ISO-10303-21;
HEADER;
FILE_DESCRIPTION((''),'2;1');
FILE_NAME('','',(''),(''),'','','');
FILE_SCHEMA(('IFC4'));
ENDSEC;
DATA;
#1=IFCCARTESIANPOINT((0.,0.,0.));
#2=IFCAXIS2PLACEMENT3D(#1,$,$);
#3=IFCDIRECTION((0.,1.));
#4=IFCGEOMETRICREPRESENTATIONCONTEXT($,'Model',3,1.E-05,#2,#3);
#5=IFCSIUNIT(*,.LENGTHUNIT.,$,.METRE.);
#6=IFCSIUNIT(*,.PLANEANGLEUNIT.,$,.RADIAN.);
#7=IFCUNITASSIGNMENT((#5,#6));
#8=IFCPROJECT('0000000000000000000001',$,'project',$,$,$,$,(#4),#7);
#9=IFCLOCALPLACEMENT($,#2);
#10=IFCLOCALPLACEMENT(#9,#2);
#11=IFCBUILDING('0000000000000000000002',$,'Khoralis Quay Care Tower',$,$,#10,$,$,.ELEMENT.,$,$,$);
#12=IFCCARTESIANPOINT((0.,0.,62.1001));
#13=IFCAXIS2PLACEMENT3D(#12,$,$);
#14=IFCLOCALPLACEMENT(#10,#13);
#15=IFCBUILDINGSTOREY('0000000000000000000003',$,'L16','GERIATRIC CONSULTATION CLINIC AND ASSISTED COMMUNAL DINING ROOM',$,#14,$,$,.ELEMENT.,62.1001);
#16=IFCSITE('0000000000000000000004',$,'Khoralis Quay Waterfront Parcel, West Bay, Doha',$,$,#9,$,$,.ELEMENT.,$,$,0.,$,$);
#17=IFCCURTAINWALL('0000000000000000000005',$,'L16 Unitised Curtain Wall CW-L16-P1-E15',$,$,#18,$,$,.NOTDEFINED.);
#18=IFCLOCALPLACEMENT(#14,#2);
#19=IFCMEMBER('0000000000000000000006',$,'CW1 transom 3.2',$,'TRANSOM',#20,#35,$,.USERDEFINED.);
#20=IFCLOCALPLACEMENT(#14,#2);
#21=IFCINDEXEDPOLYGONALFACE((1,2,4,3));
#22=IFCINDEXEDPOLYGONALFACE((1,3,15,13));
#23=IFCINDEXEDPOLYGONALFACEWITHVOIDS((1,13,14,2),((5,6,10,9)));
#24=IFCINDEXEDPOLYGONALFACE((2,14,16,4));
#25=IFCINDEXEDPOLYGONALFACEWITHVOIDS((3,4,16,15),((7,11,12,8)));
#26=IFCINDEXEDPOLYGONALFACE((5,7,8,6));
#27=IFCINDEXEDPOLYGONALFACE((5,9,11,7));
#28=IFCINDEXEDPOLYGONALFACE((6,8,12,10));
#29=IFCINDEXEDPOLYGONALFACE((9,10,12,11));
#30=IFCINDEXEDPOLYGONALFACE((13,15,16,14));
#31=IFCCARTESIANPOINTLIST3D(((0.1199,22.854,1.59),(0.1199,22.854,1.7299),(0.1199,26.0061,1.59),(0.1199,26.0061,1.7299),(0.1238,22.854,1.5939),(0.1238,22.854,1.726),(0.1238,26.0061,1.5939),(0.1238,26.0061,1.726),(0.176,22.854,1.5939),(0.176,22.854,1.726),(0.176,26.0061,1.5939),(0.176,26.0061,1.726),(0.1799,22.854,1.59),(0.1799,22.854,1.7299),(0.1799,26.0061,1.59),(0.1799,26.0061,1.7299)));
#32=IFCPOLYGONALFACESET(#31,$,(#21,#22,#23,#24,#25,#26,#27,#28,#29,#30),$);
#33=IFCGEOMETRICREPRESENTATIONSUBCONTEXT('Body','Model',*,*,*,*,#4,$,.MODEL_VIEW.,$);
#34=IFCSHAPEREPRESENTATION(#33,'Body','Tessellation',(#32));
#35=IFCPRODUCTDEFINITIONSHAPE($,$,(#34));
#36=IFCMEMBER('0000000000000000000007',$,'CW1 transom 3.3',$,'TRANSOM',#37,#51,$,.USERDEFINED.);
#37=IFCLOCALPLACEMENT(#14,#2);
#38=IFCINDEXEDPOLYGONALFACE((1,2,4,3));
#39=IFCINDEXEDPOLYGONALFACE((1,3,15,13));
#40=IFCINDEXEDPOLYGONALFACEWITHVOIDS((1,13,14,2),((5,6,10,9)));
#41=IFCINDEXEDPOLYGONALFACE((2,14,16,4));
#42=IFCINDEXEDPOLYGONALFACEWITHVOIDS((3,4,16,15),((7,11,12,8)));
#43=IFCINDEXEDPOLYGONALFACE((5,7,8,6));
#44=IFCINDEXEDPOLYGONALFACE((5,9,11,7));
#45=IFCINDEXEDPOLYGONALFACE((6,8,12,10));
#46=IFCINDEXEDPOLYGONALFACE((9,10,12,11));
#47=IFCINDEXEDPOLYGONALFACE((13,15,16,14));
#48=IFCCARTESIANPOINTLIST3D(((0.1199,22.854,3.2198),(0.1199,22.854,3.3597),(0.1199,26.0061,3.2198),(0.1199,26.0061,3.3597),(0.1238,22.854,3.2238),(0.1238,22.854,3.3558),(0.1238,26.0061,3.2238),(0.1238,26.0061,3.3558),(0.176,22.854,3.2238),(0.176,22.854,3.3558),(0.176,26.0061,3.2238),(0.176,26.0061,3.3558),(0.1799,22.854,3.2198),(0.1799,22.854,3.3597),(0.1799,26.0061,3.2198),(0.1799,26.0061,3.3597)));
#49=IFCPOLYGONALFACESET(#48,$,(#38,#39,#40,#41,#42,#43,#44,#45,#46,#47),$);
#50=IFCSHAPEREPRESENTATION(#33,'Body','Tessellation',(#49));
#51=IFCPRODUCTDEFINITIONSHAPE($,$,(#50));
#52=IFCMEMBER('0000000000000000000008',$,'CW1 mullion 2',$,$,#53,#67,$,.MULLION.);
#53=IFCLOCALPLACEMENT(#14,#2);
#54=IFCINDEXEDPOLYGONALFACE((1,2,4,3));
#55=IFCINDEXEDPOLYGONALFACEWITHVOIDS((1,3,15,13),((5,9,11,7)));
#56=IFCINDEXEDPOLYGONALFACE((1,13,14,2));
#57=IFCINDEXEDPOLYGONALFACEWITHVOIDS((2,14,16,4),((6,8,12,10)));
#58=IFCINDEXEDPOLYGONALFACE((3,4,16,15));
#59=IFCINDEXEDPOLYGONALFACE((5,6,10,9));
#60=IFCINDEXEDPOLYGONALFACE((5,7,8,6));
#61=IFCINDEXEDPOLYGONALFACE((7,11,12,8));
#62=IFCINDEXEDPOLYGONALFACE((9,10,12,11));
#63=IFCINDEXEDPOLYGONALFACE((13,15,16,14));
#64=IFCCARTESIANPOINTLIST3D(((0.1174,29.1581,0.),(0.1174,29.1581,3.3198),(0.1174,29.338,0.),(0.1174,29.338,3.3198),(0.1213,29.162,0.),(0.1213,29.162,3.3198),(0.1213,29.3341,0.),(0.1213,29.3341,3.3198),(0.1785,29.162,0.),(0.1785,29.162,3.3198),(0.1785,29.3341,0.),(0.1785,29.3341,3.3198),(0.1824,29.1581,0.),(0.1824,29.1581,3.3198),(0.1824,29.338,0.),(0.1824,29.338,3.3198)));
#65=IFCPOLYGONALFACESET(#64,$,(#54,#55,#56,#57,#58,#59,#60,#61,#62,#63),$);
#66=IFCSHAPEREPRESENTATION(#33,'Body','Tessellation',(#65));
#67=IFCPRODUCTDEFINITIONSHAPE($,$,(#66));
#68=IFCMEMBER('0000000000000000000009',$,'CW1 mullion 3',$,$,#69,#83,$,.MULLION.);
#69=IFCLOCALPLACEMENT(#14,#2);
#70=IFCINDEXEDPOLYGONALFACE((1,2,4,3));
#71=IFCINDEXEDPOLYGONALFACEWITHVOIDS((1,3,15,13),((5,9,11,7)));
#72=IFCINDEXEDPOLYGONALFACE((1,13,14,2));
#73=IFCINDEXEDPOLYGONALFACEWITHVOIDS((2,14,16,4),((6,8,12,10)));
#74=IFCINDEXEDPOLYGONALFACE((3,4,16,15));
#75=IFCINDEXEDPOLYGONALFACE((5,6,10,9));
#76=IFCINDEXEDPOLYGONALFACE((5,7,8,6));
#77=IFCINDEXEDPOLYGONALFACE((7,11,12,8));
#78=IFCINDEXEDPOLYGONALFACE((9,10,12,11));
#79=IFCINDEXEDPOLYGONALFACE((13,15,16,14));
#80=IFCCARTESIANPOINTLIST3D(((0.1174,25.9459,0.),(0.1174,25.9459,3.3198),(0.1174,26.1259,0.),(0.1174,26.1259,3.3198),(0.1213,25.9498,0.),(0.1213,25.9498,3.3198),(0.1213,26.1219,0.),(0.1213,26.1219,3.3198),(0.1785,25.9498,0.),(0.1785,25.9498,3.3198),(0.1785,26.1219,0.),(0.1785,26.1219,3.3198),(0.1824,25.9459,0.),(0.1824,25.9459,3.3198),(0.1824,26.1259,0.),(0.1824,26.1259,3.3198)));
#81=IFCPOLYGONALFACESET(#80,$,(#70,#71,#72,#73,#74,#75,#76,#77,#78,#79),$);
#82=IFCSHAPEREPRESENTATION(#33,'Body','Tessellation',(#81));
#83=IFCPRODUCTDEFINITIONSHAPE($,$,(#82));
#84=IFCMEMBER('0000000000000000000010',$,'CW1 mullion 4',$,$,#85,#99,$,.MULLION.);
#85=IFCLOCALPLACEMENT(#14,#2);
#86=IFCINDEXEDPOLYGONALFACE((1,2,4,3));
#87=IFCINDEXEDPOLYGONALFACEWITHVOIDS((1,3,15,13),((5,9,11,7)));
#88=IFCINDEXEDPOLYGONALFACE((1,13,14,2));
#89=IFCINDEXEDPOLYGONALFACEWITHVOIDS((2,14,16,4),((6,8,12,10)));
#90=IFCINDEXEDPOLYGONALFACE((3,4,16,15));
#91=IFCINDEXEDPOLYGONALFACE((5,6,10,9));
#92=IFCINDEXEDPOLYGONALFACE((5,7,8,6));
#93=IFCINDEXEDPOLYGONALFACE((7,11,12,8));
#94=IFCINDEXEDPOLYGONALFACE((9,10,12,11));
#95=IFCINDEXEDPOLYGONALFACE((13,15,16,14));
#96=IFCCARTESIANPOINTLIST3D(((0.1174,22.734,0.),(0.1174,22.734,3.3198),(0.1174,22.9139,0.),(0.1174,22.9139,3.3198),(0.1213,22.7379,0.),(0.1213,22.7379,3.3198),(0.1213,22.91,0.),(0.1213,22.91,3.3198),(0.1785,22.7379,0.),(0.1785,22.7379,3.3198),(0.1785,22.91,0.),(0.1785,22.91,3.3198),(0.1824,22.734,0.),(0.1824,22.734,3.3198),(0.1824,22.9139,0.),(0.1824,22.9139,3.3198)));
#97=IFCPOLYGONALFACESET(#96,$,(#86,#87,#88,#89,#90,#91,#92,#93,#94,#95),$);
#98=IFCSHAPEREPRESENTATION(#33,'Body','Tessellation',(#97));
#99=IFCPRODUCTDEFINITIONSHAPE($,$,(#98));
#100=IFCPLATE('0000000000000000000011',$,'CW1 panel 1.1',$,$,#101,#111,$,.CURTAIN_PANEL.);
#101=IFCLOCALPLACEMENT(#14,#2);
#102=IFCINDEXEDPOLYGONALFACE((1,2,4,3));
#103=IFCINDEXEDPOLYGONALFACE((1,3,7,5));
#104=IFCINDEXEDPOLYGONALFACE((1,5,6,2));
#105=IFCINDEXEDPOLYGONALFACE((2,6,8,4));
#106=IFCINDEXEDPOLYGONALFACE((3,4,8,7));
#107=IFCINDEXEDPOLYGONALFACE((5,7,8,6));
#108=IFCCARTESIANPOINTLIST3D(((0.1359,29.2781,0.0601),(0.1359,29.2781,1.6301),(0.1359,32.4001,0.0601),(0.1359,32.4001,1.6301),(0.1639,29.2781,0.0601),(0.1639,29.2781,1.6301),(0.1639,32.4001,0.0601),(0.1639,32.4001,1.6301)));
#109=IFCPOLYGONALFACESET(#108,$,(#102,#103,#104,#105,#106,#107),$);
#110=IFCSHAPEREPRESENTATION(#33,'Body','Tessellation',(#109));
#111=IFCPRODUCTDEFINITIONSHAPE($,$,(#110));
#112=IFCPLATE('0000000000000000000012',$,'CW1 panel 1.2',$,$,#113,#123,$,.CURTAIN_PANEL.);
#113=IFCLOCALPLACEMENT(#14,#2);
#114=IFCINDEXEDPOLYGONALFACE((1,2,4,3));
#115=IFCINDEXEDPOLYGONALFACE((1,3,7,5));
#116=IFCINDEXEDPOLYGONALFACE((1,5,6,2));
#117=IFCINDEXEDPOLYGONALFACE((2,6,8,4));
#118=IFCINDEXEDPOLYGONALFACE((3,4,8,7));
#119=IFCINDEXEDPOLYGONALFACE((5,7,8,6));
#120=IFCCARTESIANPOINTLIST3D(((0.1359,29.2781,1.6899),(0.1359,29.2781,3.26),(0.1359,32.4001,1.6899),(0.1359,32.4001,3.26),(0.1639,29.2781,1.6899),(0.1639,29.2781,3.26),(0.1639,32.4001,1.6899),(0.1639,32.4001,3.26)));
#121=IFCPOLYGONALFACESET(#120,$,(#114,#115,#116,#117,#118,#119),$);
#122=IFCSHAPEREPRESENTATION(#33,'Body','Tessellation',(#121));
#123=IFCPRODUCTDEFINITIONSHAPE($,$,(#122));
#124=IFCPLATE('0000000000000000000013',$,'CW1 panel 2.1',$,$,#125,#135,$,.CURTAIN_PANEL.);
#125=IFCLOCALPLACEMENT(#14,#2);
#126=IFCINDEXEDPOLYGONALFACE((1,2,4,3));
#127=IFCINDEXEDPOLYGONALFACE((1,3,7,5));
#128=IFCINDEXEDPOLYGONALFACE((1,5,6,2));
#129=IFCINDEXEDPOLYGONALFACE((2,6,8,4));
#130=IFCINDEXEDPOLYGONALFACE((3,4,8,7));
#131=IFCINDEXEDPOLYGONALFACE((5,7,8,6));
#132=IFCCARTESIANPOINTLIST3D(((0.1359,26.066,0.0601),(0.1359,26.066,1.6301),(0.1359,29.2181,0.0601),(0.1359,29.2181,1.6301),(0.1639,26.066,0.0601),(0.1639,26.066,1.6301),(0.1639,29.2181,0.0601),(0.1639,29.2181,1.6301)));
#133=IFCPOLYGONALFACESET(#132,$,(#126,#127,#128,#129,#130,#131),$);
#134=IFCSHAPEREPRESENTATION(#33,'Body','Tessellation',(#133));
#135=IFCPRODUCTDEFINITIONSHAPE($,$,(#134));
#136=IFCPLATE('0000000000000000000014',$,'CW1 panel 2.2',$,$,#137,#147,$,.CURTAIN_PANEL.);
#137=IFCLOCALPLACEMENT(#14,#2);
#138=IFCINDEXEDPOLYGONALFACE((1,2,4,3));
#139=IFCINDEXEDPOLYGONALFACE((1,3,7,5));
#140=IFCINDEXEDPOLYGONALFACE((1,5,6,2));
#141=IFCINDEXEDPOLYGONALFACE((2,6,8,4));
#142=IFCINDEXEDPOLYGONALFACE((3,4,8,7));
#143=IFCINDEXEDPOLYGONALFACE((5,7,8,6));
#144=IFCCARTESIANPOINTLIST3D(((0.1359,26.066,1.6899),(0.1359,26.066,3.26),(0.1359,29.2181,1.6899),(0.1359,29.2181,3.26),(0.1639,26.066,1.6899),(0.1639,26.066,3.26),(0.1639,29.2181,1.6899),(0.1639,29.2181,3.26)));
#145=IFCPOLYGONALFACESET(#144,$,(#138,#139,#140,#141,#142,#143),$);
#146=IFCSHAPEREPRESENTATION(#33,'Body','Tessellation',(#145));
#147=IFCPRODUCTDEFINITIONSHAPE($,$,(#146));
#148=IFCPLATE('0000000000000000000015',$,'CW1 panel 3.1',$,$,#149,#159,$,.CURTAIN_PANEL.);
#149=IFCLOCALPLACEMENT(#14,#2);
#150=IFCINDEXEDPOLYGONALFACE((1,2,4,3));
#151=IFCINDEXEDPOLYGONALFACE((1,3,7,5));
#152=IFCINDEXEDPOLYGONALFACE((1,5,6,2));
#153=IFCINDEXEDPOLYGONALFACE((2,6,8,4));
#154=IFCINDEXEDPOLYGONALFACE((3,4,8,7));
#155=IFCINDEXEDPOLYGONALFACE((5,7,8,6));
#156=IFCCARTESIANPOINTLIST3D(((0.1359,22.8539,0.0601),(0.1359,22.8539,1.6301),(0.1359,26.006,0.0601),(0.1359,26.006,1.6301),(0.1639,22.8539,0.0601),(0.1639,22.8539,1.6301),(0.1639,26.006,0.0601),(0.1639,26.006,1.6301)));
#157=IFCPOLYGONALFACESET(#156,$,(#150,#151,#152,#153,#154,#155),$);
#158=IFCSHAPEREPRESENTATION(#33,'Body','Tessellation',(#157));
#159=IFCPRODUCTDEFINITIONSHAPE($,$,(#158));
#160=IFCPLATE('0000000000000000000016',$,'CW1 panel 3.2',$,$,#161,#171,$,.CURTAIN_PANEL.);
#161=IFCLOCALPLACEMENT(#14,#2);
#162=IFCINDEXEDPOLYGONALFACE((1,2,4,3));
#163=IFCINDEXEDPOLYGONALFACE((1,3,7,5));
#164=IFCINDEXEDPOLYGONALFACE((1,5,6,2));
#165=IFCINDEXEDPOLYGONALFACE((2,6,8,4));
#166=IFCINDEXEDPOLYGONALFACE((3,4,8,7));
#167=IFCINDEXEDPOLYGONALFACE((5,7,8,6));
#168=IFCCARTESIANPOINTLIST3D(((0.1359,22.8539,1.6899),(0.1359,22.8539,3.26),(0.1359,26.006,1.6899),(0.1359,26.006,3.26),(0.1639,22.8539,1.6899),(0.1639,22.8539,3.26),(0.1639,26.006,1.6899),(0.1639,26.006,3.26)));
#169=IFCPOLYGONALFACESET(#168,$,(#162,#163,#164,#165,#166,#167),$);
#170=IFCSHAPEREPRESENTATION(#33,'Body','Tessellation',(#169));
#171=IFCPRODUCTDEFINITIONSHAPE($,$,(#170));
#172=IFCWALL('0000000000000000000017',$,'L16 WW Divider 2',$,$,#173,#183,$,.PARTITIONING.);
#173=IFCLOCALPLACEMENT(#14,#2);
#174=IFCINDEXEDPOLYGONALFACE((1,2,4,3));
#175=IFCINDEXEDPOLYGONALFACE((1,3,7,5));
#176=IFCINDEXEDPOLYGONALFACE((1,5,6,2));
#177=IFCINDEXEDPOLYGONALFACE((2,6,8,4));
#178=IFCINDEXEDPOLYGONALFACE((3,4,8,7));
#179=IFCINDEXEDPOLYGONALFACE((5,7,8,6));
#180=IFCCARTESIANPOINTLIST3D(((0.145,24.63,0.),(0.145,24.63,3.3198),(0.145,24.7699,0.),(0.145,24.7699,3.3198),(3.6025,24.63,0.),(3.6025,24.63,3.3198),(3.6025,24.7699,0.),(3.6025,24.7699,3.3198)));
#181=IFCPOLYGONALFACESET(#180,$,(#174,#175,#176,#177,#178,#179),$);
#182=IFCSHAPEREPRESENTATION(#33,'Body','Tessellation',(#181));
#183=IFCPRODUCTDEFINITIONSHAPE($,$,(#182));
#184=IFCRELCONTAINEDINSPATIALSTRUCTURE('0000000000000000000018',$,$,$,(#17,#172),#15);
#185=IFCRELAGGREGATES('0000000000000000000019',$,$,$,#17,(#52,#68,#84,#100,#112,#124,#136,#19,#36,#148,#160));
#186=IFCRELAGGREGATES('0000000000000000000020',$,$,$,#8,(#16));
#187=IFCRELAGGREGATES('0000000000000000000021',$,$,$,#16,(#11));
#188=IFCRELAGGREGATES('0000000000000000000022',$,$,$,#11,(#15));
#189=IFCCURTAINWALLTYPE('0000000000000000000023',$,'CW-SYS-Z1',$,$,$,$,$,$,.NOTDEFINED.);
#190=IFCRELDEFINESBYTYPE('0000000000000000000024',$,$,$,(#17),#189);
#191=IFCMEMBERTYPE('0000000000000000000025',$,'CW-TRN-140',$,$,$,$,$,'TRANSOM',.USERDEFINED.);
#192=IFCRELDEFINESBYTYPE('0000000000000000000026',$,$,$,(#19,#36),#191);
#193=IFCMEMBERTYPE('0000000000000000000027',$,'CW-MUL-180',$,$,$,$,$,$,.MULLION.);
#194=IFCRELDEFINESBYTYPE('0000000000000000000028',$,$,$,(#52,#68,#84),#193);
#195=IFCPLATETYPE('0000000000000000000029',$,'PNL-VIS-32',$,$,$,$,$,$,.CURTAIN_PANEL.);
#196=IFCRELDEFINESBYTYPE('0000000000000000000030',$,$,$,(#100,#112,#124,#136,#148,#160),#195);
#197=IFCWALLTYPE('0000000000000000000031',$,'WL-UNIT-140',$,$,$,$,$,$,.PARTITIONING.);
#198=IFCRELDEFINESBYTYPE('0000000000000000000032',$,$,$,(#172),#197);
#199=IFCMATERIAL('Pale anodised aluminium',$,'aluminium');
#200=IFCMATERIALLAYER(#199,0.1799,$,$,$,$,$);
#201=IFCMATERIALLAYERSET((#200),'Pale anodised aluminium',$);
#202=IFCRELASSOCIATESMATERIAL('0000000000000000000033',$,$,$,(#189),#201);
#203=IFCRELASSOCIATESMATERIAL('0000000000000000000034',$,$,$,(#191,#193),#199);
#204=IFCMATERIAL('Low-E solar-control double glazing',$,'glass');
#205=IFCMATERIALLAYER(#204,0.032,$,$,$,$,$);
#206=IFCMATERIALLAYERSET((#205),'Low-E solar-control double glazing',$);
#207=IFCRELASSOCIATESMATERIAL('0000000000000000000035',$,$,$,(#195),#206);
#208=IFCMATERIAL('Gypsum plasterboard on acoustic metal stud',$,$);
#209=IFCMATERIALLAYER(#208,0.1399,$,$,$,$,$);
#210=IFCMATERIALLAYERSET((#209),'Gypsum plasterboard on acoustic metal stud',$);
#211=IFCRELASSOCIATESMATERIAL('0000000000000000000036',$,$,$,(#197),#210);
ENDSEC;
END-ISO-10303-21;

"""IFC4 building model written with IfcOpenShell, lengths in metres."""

from ifc_helpers import new_model, si_unit, direction, frame, frame_2d, origin, origin_2d, place, context, subcontext, project, spatial, rectangle, hollow_rectangle, extrude, source, transform, mapped, material, layer, layer_set, material_profile, profile_set, type_object, element, aggregate, save


model = new_model("IFC4")

# Units and contexts
model_context = context("Model", 3, precision=1e-05, world=origin(), true_north=direction((0.0, 1.0)))
body_context = subcontext(model_context, "Body", "Model", "MODEL_VIEW")
ifc_project = project(units=[si_unit("LENGTHUNIT", "METRE"), si_unit("PLANEANGLEUNIT", "RADIAN")], contexts=[model_context])

# Site, building, storey
site_placement = place(None, origin())
site = spatial("IfcSite", under=ifc_project, at=site_placement, Name="Khoralis Quay Waterfront Parcel, West Bay, Doha", CompositionType="ELEMENT", RefElevation=0.0)
building_placement = place(site_placement, origin())
building = spatial("IfcBuilding", under=site, at=building_placement, Name="Khoralis Quay Care Tower", CompositionType="ELEMENT")
storey_placement = place(building_placement, frame((0.0, 0.0, 62.1001)))
storey = spatial("IfcBuildingStorey", under=building, at=storey_placement, Name="L16", Description="GERIATRIC CONSULTATION CLINIC AND ASSISTED COMMUNAL DINING ROOM", CompositionType="ELEMENT", Elevation=62.1001)

# Curtain wall, members, plates
ifc_material_1 = material(Name="Pale anodised aluminium", Category="aluminium")
ifc_layer_1 = layer(ifc_material_1, 0.1799)
ifc_layer_set_1 = layer_set([ifc_layer_1], Name="Pale anodised aluminium")
curtain_wall_type = type_object("IfcCurtainWallType", Name="CW-SYS-Z1", PredefinedType="NOTDEFINED", material=ifc_layer_set_1)
curtain_wall_placement = place(storey_placement, origin())
curtain_wall = element("IfcCurtainWall", 1, at=curtain_wall_placement, inside=storey, type_object=curtain_wall_type, Name="L16 Unitised Curtain Wall CW-L16-P1-E15", PredefinedType="NOTDEFINED")
ifc_material_profile_1 = material_profile(ifc_material_1, hollow_rectangle(XDim=0.0601, YDim=0.1399, WallThickness=0.0039, at=origin_2d()), Name="Pale anodised aluminium")
ifc_profile_set_1 = profile_set([ifc_material_profile_1], Name="Pale anodised aluminium")
member_type_1 = type_object("IfcMemberType", Name="CW-TRN-140", ElementType="TRANSOM", PredefinedType="USERDEFINED", material=ifc_profile_set_1)
shared_shape_1 = source(origin(), body_context, "Body", "SweptSolid", [
    extrude(hollow_rectangle(XDim=0.0601, YDim=0.1399, WallThickness=0.0039, at=origin_2d()), origin(), (0.0, 0.0, 1.0), 3.1521),
])
member_1_placement = place(storey_placement, frame((0.1499, 26.0061, 1.6599), z_axis=(0.0, -1.0, 0.0), x_axis=(1.0, 0.0, 0.0)))
member_1 = element("IfcMember", 2, at=member_1_placement, type_object=member_type_1, Name="CW1 transom 3.2", ObjectType="TRANSOM", PredefinedType="USERDEFINED", context=body_context, shape_type="MappedRepresentation", body=[
    mapped(shared_shape_1, transform((0.0, 0.0, 0.0), scale=1.0)),
])
member_2_placement = place(storey_placement, frame((0.1499, 26.0061, 3.2898), z_axis=(0.0, -1.0, 0.0), x_axis=(1.0, 0.0, 0.0)))
member_2 = element("IfcMember", 3, at=member_2_placement, type_object=member_type_1, Name="CW1 transom 3.3", ObjectType="TRANSOM", PredefinedType="USERDEFINED", context=body_context, shape_type="MappedRepresentation", body=[
    mapped(shared_shape_1, transform((0.0, 0.0, 0.0), scale=1.0)),
])
ifc_material_profile_2 = material_profile(ifc_material_1, hollow_rectangle(XDim=0.0649, YDim=0.1799, WallThickness=0.0039, at=origin_2d()), Name="Pale anodised aluminium")
ifc_profile_set_2 = profile_set([ifc_material_profile_2], Name="Pale anodised aluminium")
member_type_2 = type_object("IfcMemberType", Name="CW-MUL-180", PredefinedType="MULLION", material=ifc_profile_set_2)
shared_shape_2 = source(origin(), body_context, "Body", "SweptSolid", [
    extrude(hollow_rectangle(XDim=0.0649, YDim=0.1799, WallThickness=0.0039, at=origin_2d()), origin(), (0.0, 0.0, 1.0), 3.3198),
])
member_3_placement = place(storey_placement, frame((0.1499, 29.248, 0.0), z_axis=(0.0, 0.0, 1.0), x_axis=(1.0, 0.0, 0.0)))
member_3 = element("IfcMember", 4, at=member_3_placement, type_object=member_type_2, Name="CW1 mullion 2", PredefinedType="MULLION", context=body_context, shape_type="MappedRepresentation", body=[
    mapped(shared_shape_2, transform((0.0, 0.0, 0.0), scale=1.0)),
])
member_4_placement = place(storey_placement, frame((0.1499, 26.0359, 0.0), z_axis=(0.0, 0.0, 1.0), x_axis=(1.0, 0.0, 0.0)))
member_4 = element("IfcMember", 5, at=member_4_placement, type_object=member_type_2, Name="CW1 mullion 3", PredefinedType="MULLION", context=body_context, shape_type="MappedRepresentation", body=[
    mapped(shared_shape_2, transform((0.0, 0.0, 0.0), scale=1.0)),
])
member_5_placement = place(storey_placement, frame((0.1499, 22.824, 0.0), z_axis=(0.0, 0.0, 1.0), x_axis=(1.0, 0.0, 0.0)))
member_5 = element("IfcMember", 6, at=member_5_placement, type_object=member_type_2, Name="CW1 mullion 4", PredefinedType="MULLION", context=body_context, shape_type="MappedRepresentation", body=[
    mapped(shared_shape_2, transform((0.0, 0.0, 0.0), scale=1.0)),
])
ifc_material_2 = material(Name="Low-E solar-control double glazing", Category="glass")
ifc_layer_2 = layer(ifc_material_2, 0.032)
ifc_layer_set_2 = layer_set([ifc_layer_2], Name="Low-E solar-control double glazing")
plate_type = type_object("IfcPlateType", Name="PNL-VIS-32", PredefinedType="CURTAIN_PANEL", material=ifc_layer_set_2)
shared_shape_3 = source(origin(), body_context, "Body", "SweptSolid", [
    extrude(rectangle(XDim=3.1221, YDim=0.0281, at=origin_2d()), origin(), (0.0, 0.0, 1.0), 1.5701),
])
plate_1_placement = place(storey_placement, frame((0.1499, 30.8391, 0.0601), z_axis=(0.0, 0.0, 1.0), x_axis=(0.0, -1.0, 0.0)))
plate_1 = element("IfcPlate", 7, at=plate_1_placement, type_object=plate_type, Name="CW1 panel 1.1", PredefinedType="CURTAIN_PANEL", context=body_context, shape_type="MappedRepresentation", body=[
    mapped(shared_shape_3, transform((0.0, 0.0, 0.0), scale=1.0)),
])
plate_2_placement = place(storey_placement, frame((0.1499, 30.8391, 1.6899), z_axis=(0.0, 0.0, 1.0), x_axis=(0.0, -1.0, 0.0)))
plate_2 = element("IfcPlate", 8, at=plate_2_placement, type_object=plate_type, Name="CW1 panel 1.2", PredefinedType="CURTAIN_PANEL", context=body_context, shape_type="MappedRepresentation", body=[
    mapped(shared_shape_3, transform((0.0, 0.0, 0.0), scale=1.0)),
])
shared_shape_4 = source(origin(), body_context, "Body", "SweptSolid", [
    extrude(rectangle(XDim=3.1521, YDim=0.0281, at=origin_2d()), origin(), (0.0, 0.0, 1.0), 1.5701),
])
plate_3_placement = place(storey_placement, frame((0.1499, 27.6421, 0.0601), z_axis=(0.0, 0.0, 1.0), x_axis=(0.0, -1.0, 0.0)))
plate_3 = element("IfcPlate", 9, at=plate_3_placement, type_object=plate_type, Name="CW1 panel 2.1", PredefinedType="CURTAIN_PANEL", context=body_context, shape_type="MappedRepresentation", body=[
    mapped(shared_shape_4, transform((0.0, 0.0, 0.0), scale=1.0)),
])
plate_4_placement = place(storey_placement, frame((0.1499, 27.6421, 1.6899), z_axis=(0.0, 0.0, 1.0), x_axis=(0.0, -1.0, 0.0)))
plate_4 = element("IfcPlate", 10, at=plate_4_placement, type_object=plate_type, Name="CW1 panel 2.2", PredefinedType="CURTAIN_PANEL", context=body_context, shape_type="MappedRepresentation", body=[
    mapped(shared_shape_4, transform((0.0, 0.0, 0.0), scale=1.0)),
])
plate_5_placement = place(storey_placement, frame((0.1499, 24.4299, 0.0601), z_axis=(0.0, 0.0, 1.0), x_axis=(0.0, -1.0, 0.0)))
plate_5 = element("IfcPlate", 11, at=plate_5_placement, type_object=plate_type, Name="CW1 panel 3.1", PredefinedType="CURTAIN_PANEL", context=body_context, shape_type="MappedRepresentation", body=[
    mapped(shared_shape_4, transform((0.0, 0.0, 0.0), scale=1.0)),
])
plate_6_placement = place(storey_placement, frame((0.1499, 24.4299, 1.6899), z_axis=(0.0, 0.0, 1.0), x_axis=(0.0, -1.0, 0.0)))
plate_6 = element("IfcPlate", 12, at=plate_6_placement, type_object=plate_type, Name="CW1 panel 3.2", PredefinedType="CURTAIN_PANEL", context=body_context, shape_type="MappedRepresentation", body=[
    mapped(shared_shape_4, transform((0.0, 0.0, 0.0), scale=1.0)),
])
aggregate(curtain_wall, [member_3, member_4, member_5, plate_1, plate_2, plate_3, plate_4, member_1, member_2, plate_5, plate_6])

# Wall
ifc_material_3 = material(Name="Gypsum plasterboard on acoustic metal stud")
ifc_layer_3 = layer(ifc_material_3, 0.1399)
ifc_layer_set_3 = layer_set([ifc_layer_3], Name="Gypsum plasterboard on acoustic metal stud")
wall_type = type_object("IfcWallType", Name="WL-UNIT-140", PredefinedType="PARTITIONING", material=ifc_layer_set_3)
wall_placement = place(storey_placement, frame((0.145, 24.7, 0.0), z_axis=(0.0, 0.0, 1.0), x_axis=(1.0, 0.0, 0.0)))
element("IfcWall", 13, at=wall_placement, inside=storey, type_object=wall_type, Name="L16 WW Divider 2", PredefinedType="PARTITIONING", context=body_context, shape_type="SweptSolid", body=[
    extrude(rectangle(XDim=3.4575, YDim=0.1399, at=frame_2d((1.7288, 0.0))), origin(), (0.0, 0.0, 1.0), 3.3198),
])

save(model, "model.ifc")
